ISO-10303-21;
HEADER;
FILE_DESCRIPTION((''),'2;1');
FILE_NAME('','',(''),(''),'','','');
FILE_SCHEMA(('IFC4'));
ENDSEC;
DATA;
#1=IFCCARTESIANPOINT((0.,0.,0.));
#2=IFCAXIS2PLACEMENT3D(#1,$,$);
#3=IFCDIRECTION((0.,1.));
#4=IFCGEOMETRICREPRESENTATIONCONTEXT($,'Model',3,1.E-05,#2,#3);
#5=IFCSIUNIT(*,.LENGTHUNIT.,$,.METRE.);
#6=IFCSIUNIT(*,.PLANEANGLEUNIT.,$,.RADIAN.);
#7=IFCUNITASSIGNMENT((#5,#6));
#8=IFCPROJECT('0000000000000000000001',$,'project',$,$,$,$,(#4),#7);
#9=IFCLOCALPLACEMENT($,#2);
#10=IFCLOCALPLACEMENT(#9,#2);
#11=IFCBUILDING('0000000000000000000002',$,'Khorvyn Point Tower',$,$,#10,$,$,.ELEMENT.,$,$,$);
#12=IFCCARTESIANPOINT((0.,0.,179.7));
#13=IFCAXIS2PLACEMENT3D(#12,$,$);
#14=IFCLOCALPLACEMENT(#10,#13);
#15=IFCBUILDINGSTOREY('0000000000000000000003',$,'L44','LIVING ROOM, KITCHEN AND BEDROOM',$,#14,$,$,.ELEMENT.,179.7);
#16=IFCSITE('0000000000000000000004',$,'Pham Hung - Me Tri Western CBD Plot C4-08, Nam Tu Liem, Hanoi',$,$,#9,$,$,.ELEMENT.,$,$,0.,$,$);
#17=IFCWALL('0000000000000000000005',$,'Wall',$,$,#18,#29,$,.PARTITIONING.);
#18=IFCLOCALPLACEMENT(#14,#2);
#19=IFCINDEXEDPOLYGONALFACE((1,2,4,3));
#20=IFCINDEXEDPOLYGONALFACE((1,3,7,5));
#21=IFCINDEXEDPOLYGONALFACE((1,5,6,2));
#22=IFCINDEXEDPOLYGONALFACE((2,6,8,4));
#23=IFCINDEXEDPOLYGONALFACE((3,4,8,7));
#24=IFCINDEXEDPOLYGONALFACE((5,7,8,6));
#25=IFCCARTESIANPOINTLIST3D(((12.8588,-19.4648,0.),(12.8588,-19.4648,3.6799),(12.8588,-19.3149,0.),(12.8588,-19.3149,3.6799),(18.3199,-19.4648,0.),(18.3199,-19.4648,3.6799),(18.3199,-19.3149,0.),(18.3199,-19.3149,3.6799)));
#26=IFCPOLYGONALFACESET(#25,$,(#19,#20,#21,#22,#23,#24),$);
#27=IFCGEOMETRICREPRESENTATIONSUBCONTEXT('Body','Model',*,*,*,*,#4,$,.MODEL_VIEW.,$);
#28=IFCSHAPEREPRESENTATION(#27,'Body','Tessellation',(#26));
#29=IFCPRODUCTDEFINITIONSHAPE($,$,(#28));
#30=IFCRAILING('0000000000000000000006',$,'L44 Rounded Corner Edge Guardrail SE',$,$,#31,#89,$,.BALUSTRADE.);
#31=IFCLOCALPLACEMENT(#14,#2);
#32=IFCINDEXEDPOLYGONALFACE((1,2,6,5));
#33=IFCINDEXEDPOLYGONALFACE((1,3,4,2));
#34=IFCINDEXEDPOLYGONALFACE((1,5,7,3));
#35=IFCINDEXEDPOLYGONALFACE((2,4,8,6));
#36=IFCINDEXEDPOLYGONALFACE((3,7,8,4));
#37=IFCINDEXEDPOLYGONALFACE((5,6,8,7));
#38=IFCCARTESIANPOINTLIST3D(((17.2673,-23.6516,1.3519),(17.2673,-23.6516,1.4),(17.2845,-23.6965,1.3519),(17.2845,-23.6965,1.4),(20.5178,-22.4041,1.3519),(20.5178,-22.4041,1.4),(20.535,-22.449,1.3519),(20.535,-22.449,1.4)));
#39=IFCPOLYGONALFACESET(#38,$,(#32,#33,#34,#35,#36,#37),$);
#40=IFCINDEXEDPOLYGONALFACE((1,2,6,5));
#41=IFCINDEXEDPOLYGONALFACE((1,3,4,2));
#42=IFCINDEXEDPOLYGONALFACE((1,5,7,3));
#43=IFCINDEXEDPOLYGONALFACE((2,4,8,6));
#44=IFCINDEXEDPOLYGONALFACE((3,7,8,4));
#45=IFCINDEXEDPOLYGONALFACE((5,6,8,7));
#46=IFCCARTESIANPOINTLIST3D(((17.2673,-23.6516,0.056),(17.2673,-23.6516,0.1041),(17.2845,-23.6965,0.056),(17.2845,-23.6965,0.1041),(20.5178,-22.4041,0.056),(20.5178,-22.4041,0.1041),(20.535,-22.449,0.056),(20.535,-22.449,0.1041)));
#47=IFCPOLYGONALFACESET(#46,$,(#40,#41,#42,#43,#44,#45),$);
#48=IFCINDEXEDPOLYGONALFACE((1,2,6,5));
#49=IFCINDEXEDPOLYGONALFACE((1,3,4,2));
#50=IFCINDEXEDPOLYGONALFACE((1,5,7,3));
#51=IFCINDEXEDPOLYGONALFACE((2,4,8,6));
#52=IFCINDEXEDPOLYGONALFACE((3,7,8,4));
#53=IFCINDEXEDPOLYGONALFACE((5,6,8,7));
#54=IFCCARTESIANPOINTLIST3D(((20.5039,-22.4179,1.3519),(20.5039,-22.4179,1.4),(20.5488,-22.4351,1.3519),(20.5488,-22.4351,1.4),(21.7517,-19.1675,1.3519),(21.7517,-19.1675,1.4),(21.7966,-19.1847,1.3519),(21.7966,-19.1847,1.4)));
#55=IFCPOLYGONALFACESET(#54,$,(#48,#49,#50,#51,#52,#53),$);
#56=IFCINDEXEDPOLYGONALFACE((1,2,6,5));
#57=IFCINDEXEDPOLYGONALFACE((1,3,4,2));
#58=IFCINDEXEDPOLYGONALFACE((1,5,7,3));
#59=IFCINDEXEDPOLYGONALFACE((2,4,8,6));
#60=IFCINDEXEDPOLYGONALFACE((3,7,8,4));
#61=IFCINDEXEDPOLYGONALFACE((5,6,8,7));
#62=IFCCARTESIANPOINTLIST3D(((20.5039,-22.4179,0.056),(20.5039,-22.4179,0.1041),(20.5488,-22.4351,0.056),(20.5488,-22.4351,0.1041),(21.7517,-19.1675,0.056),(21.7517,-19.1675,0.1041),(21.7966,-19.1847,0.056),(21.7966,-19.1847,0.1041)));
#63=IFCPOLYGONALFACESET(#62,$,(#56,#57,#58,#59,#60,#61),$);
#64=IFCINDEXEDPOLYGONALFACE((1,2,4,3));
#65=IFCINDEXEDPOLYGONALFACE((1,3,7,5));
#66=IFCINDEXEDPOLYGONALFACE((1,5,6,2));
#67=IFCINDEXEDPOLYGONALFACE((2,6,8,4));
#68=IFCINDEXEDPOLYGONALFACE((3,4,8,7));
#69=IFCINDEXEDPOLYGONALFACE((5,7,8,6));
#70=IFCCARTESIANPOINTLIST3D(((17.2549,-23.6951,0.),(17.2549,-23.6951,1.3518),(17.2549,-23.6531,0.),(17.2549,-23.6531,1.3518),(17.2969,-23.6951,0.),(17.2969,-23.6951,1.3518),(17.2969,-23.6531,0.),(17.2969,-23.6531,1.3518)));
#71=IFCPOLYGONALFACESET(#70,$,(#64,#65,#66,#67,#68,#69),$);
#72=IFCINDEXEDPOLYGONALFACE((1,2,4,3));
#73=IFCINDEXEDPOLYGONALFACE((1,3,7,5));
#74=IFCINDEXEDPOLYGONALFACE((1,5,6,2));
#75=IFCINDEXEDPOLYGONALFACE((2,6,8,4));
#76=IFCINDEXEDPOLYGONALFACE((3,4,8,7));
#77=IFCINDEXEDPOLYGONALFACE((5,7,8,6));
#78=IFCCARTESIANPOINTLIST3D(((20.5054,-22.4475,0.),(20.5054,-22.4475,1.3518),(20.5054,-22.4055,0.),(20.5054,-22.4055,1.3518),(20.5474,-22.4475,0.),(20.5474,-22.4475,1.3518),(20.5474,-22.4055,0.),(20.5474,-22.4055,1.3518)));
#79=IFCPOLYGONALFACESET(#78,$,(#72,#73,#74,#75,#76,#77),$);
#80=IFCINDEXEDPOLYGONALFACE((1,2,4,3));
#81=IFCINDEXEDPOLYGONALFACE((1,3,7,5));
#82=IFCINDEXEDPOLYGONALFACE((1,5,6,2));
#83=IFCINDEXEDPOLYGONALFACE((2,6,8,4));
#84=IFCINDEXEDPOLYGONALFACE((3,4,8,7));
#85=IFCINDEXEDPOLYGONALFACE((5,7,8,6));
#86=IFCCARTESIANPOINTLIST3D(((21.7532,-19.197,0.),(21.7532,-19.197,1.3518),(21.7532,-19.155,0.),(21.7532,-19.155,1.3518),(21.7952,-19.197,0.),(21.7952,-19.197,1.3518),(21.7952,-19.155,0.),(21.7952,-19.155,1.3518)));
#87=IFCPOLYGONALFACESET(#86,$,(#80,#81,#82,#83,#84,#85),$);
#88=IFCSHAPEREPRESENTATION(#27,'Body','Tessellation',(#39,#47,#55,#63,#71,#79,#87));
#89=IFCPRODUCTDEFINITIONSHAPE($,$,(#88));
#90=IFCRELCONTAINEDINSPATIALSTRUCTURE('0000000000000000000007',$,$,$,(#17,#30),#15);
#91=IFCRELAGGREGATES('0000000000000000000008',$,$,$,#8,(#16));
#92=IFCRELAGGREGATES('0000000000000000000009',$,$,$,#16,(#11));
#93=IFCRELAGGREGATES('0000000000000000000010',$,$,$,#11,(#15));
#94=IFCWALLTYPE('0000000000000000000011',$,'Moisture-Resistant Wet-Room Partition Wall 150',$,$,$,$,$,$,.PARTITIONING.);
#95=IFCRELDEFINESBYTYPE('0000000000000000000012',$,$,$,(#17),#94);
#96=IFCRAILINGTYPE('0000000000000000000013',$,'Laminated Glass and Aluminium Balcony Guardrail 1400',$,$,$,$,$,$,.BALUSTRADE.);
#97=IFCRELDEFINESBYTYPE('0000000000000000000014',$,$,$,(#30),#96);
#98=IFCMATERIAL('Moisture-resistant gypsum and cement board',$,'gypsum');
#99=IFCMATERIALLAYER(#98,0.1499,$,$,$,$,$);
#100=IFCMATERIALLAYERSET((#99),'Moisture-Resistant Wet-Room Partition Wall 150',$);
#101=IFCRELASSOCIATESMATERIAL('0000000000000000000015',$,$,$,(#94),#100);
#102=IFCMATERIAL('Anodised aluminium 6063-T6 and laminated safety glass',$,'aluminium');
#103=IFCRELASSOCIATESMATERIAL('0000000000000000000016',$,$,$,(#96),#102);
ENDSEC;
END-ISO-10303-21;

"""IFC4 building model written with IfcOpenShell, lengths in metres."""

from ifc_helpers import new_model, si_unit, direction, frame, frame_2d, origin, origin_2d, place, context, subcontext, project, spatial, rectangle, extrude, material, layer, layer_set, type_object, element, save


model = new_model("IFC4")

# Units and contexts
model_context = context("Model", 3, precision=1e-05, world=origin(), true_north=direction((0.0, 1.0)))
body_context = subcontext(model_context, "Body", "Model", "MODEL_VIEW")
ifc_project = project(units=[si_unit("LENGTHUNIT", "METRE"), si_unit("PLANEANGLEUNIT", "RADIAN")], contexts=[model_context])

# Site, building, storey
site_placement = place(None, origin())
site = spatial("IfcSite", under=ifc_project, at=site_placement, Name="Pham Hung - Me Tri Western CBD Plot C4-08, Nam Tu Liem, Hanoi", CompositionType="ELEMENT", RefElevation=0.0)
building_placement = place(site_placement, origin())
building = spatial("IfcBuilding", under=site, at=building_placement, Name="Khorvyn Point Tower", CompositionType="ELEMENT")
storey_placement = place(building_placement, frame((0.0, 0.0, 179.7)))
storey = spatial("IfcBuildingStorey", under=building, at=storey_placement, Name="L44", Description="LIVING ROOM, KITCHEN AND BEDROOM", CompositionType="ELEMENT", Elevation=179.7)

# Shared definitions
ifc_material_1 = material(Name="Moisture-resistant gypsum and cement board", Category="gypsum")
ifc_layer_1 = layer(ifc_material_1, 0.1499)
ifc_layer_set_1 = layer_set([ifc_layer_1], Name="Moisture-Resistant Wet-Room Partition Wall 150")
wall_type_1 = type_object("IfcWallType", Name="Moisture-Resistant Wet-Room Partition Wall 150", PredefinedType="PARTITIONING", material=ifc_layer_set_1)

# Wall
for number, where, z_axis, x_axis, name in (
    (1, (12.8589, -19.3899, 0.0), (0.0, 0.0, 1.0), (1.0, 0.0, 0.0), "Wall"),
):
    element("IfcWall", number, at=place(storey_placement, frame(where, z_axis=z_axis, x_axis=x_axis)), inside=storey, type_object=wall_type_1, Name=name, PredefinedType="PARTITIONING", context=body_context, shape_type="SweptSolid", body=[
        extrude(rectangle(XDim=5.4612, YDim=0.1499, at=frame_2d((2.7305, 0.0))), origin(), (0.0, 0.0, 1.0), 3.6799),
    ])

# Railing
ifc_material_2 = material(Name="Anodised aluminium 6063-T6 and laminated safety glass", Category="aluminium")
railing_type = type_object("IfcRailingType", Name="Laminated Glass and Aluminium Balcony Guardrail 1400", PredefinedType="BALUSTRADE", material=ifc_material_2)
railing_placement = place(storey_placement, frame((17.2759, -23.6741, 0.0)))
element("IfcRailing", 2, at=railing_placement, inside=storey, type_object=railing_type, Name="L44 Rounded Corner Edge Guardrail SE", PredefinedType="BALUSTRADE", context=body_context, shape_type="SweptSolid", body=[
    extrude(rectangle(XDim=0.0481, YDim=0.0481, at=origin_2d()), frame((0.0, 0.0, 1.376), z_axis=(0.933598, 0.358321, 0.0), x_axis=(-0.358321, 0.933598, 0.0)), (0.0, 0.0, 1.0), 3.4817),
    extrude(rectangle(XDim=0.0481, YDim=0.0481, at=origin_2d()), frame((0.0, 0.0, 0.0801), z_axis=(0.933598, 0.358321, 0.0), x_axis=(-0.358321, 0.933598, 0.0)), (0.0, 0.0, 1.0), 3.4817),
    extrude(rectangle(XDim=0.0481, YDim=0.0481, at=origin_2d()), frame((3.2505, 1.2476, 1.376), z_axis=(0.358382, 0.933575, 0.0), x_axis=(-0.933575, 0.358382, 0.0)), (0.0, 0.0, 1.0), 3.4817),
    extrude(rectangle(XDim=0.0481, YDim=0.0481, at=origin_2d()), frame((3.2505, 1.2476, 0.0801), z_axis=(0.358382, 0.933575, 0.0), x_axis=(-0.933575, 0.358382, 0.0)), (0.0, 0.0, 1.0), 3.4817),
    extrude(rectangle(XDim=0.042, YDim=0.042, at=origin_2d()), origin(), (0.0, 0.0, 1.0), 1.3518),
    extrude(rectangle(XDim=0.042, YDim=0.042, at=origin_2d()), frame((3.2505, 1.2476, 0.0)), (0.0, 0.0, 1.0), 1.3518),
    extrude(rectangle(XDim=0.042, YDim=0.042, at=origin_2d()), frame((4.4983, 4.498, 0.0)), (0.0, 0.0, 1.0), 1.3518),
])

save(model, "model.ifc")
